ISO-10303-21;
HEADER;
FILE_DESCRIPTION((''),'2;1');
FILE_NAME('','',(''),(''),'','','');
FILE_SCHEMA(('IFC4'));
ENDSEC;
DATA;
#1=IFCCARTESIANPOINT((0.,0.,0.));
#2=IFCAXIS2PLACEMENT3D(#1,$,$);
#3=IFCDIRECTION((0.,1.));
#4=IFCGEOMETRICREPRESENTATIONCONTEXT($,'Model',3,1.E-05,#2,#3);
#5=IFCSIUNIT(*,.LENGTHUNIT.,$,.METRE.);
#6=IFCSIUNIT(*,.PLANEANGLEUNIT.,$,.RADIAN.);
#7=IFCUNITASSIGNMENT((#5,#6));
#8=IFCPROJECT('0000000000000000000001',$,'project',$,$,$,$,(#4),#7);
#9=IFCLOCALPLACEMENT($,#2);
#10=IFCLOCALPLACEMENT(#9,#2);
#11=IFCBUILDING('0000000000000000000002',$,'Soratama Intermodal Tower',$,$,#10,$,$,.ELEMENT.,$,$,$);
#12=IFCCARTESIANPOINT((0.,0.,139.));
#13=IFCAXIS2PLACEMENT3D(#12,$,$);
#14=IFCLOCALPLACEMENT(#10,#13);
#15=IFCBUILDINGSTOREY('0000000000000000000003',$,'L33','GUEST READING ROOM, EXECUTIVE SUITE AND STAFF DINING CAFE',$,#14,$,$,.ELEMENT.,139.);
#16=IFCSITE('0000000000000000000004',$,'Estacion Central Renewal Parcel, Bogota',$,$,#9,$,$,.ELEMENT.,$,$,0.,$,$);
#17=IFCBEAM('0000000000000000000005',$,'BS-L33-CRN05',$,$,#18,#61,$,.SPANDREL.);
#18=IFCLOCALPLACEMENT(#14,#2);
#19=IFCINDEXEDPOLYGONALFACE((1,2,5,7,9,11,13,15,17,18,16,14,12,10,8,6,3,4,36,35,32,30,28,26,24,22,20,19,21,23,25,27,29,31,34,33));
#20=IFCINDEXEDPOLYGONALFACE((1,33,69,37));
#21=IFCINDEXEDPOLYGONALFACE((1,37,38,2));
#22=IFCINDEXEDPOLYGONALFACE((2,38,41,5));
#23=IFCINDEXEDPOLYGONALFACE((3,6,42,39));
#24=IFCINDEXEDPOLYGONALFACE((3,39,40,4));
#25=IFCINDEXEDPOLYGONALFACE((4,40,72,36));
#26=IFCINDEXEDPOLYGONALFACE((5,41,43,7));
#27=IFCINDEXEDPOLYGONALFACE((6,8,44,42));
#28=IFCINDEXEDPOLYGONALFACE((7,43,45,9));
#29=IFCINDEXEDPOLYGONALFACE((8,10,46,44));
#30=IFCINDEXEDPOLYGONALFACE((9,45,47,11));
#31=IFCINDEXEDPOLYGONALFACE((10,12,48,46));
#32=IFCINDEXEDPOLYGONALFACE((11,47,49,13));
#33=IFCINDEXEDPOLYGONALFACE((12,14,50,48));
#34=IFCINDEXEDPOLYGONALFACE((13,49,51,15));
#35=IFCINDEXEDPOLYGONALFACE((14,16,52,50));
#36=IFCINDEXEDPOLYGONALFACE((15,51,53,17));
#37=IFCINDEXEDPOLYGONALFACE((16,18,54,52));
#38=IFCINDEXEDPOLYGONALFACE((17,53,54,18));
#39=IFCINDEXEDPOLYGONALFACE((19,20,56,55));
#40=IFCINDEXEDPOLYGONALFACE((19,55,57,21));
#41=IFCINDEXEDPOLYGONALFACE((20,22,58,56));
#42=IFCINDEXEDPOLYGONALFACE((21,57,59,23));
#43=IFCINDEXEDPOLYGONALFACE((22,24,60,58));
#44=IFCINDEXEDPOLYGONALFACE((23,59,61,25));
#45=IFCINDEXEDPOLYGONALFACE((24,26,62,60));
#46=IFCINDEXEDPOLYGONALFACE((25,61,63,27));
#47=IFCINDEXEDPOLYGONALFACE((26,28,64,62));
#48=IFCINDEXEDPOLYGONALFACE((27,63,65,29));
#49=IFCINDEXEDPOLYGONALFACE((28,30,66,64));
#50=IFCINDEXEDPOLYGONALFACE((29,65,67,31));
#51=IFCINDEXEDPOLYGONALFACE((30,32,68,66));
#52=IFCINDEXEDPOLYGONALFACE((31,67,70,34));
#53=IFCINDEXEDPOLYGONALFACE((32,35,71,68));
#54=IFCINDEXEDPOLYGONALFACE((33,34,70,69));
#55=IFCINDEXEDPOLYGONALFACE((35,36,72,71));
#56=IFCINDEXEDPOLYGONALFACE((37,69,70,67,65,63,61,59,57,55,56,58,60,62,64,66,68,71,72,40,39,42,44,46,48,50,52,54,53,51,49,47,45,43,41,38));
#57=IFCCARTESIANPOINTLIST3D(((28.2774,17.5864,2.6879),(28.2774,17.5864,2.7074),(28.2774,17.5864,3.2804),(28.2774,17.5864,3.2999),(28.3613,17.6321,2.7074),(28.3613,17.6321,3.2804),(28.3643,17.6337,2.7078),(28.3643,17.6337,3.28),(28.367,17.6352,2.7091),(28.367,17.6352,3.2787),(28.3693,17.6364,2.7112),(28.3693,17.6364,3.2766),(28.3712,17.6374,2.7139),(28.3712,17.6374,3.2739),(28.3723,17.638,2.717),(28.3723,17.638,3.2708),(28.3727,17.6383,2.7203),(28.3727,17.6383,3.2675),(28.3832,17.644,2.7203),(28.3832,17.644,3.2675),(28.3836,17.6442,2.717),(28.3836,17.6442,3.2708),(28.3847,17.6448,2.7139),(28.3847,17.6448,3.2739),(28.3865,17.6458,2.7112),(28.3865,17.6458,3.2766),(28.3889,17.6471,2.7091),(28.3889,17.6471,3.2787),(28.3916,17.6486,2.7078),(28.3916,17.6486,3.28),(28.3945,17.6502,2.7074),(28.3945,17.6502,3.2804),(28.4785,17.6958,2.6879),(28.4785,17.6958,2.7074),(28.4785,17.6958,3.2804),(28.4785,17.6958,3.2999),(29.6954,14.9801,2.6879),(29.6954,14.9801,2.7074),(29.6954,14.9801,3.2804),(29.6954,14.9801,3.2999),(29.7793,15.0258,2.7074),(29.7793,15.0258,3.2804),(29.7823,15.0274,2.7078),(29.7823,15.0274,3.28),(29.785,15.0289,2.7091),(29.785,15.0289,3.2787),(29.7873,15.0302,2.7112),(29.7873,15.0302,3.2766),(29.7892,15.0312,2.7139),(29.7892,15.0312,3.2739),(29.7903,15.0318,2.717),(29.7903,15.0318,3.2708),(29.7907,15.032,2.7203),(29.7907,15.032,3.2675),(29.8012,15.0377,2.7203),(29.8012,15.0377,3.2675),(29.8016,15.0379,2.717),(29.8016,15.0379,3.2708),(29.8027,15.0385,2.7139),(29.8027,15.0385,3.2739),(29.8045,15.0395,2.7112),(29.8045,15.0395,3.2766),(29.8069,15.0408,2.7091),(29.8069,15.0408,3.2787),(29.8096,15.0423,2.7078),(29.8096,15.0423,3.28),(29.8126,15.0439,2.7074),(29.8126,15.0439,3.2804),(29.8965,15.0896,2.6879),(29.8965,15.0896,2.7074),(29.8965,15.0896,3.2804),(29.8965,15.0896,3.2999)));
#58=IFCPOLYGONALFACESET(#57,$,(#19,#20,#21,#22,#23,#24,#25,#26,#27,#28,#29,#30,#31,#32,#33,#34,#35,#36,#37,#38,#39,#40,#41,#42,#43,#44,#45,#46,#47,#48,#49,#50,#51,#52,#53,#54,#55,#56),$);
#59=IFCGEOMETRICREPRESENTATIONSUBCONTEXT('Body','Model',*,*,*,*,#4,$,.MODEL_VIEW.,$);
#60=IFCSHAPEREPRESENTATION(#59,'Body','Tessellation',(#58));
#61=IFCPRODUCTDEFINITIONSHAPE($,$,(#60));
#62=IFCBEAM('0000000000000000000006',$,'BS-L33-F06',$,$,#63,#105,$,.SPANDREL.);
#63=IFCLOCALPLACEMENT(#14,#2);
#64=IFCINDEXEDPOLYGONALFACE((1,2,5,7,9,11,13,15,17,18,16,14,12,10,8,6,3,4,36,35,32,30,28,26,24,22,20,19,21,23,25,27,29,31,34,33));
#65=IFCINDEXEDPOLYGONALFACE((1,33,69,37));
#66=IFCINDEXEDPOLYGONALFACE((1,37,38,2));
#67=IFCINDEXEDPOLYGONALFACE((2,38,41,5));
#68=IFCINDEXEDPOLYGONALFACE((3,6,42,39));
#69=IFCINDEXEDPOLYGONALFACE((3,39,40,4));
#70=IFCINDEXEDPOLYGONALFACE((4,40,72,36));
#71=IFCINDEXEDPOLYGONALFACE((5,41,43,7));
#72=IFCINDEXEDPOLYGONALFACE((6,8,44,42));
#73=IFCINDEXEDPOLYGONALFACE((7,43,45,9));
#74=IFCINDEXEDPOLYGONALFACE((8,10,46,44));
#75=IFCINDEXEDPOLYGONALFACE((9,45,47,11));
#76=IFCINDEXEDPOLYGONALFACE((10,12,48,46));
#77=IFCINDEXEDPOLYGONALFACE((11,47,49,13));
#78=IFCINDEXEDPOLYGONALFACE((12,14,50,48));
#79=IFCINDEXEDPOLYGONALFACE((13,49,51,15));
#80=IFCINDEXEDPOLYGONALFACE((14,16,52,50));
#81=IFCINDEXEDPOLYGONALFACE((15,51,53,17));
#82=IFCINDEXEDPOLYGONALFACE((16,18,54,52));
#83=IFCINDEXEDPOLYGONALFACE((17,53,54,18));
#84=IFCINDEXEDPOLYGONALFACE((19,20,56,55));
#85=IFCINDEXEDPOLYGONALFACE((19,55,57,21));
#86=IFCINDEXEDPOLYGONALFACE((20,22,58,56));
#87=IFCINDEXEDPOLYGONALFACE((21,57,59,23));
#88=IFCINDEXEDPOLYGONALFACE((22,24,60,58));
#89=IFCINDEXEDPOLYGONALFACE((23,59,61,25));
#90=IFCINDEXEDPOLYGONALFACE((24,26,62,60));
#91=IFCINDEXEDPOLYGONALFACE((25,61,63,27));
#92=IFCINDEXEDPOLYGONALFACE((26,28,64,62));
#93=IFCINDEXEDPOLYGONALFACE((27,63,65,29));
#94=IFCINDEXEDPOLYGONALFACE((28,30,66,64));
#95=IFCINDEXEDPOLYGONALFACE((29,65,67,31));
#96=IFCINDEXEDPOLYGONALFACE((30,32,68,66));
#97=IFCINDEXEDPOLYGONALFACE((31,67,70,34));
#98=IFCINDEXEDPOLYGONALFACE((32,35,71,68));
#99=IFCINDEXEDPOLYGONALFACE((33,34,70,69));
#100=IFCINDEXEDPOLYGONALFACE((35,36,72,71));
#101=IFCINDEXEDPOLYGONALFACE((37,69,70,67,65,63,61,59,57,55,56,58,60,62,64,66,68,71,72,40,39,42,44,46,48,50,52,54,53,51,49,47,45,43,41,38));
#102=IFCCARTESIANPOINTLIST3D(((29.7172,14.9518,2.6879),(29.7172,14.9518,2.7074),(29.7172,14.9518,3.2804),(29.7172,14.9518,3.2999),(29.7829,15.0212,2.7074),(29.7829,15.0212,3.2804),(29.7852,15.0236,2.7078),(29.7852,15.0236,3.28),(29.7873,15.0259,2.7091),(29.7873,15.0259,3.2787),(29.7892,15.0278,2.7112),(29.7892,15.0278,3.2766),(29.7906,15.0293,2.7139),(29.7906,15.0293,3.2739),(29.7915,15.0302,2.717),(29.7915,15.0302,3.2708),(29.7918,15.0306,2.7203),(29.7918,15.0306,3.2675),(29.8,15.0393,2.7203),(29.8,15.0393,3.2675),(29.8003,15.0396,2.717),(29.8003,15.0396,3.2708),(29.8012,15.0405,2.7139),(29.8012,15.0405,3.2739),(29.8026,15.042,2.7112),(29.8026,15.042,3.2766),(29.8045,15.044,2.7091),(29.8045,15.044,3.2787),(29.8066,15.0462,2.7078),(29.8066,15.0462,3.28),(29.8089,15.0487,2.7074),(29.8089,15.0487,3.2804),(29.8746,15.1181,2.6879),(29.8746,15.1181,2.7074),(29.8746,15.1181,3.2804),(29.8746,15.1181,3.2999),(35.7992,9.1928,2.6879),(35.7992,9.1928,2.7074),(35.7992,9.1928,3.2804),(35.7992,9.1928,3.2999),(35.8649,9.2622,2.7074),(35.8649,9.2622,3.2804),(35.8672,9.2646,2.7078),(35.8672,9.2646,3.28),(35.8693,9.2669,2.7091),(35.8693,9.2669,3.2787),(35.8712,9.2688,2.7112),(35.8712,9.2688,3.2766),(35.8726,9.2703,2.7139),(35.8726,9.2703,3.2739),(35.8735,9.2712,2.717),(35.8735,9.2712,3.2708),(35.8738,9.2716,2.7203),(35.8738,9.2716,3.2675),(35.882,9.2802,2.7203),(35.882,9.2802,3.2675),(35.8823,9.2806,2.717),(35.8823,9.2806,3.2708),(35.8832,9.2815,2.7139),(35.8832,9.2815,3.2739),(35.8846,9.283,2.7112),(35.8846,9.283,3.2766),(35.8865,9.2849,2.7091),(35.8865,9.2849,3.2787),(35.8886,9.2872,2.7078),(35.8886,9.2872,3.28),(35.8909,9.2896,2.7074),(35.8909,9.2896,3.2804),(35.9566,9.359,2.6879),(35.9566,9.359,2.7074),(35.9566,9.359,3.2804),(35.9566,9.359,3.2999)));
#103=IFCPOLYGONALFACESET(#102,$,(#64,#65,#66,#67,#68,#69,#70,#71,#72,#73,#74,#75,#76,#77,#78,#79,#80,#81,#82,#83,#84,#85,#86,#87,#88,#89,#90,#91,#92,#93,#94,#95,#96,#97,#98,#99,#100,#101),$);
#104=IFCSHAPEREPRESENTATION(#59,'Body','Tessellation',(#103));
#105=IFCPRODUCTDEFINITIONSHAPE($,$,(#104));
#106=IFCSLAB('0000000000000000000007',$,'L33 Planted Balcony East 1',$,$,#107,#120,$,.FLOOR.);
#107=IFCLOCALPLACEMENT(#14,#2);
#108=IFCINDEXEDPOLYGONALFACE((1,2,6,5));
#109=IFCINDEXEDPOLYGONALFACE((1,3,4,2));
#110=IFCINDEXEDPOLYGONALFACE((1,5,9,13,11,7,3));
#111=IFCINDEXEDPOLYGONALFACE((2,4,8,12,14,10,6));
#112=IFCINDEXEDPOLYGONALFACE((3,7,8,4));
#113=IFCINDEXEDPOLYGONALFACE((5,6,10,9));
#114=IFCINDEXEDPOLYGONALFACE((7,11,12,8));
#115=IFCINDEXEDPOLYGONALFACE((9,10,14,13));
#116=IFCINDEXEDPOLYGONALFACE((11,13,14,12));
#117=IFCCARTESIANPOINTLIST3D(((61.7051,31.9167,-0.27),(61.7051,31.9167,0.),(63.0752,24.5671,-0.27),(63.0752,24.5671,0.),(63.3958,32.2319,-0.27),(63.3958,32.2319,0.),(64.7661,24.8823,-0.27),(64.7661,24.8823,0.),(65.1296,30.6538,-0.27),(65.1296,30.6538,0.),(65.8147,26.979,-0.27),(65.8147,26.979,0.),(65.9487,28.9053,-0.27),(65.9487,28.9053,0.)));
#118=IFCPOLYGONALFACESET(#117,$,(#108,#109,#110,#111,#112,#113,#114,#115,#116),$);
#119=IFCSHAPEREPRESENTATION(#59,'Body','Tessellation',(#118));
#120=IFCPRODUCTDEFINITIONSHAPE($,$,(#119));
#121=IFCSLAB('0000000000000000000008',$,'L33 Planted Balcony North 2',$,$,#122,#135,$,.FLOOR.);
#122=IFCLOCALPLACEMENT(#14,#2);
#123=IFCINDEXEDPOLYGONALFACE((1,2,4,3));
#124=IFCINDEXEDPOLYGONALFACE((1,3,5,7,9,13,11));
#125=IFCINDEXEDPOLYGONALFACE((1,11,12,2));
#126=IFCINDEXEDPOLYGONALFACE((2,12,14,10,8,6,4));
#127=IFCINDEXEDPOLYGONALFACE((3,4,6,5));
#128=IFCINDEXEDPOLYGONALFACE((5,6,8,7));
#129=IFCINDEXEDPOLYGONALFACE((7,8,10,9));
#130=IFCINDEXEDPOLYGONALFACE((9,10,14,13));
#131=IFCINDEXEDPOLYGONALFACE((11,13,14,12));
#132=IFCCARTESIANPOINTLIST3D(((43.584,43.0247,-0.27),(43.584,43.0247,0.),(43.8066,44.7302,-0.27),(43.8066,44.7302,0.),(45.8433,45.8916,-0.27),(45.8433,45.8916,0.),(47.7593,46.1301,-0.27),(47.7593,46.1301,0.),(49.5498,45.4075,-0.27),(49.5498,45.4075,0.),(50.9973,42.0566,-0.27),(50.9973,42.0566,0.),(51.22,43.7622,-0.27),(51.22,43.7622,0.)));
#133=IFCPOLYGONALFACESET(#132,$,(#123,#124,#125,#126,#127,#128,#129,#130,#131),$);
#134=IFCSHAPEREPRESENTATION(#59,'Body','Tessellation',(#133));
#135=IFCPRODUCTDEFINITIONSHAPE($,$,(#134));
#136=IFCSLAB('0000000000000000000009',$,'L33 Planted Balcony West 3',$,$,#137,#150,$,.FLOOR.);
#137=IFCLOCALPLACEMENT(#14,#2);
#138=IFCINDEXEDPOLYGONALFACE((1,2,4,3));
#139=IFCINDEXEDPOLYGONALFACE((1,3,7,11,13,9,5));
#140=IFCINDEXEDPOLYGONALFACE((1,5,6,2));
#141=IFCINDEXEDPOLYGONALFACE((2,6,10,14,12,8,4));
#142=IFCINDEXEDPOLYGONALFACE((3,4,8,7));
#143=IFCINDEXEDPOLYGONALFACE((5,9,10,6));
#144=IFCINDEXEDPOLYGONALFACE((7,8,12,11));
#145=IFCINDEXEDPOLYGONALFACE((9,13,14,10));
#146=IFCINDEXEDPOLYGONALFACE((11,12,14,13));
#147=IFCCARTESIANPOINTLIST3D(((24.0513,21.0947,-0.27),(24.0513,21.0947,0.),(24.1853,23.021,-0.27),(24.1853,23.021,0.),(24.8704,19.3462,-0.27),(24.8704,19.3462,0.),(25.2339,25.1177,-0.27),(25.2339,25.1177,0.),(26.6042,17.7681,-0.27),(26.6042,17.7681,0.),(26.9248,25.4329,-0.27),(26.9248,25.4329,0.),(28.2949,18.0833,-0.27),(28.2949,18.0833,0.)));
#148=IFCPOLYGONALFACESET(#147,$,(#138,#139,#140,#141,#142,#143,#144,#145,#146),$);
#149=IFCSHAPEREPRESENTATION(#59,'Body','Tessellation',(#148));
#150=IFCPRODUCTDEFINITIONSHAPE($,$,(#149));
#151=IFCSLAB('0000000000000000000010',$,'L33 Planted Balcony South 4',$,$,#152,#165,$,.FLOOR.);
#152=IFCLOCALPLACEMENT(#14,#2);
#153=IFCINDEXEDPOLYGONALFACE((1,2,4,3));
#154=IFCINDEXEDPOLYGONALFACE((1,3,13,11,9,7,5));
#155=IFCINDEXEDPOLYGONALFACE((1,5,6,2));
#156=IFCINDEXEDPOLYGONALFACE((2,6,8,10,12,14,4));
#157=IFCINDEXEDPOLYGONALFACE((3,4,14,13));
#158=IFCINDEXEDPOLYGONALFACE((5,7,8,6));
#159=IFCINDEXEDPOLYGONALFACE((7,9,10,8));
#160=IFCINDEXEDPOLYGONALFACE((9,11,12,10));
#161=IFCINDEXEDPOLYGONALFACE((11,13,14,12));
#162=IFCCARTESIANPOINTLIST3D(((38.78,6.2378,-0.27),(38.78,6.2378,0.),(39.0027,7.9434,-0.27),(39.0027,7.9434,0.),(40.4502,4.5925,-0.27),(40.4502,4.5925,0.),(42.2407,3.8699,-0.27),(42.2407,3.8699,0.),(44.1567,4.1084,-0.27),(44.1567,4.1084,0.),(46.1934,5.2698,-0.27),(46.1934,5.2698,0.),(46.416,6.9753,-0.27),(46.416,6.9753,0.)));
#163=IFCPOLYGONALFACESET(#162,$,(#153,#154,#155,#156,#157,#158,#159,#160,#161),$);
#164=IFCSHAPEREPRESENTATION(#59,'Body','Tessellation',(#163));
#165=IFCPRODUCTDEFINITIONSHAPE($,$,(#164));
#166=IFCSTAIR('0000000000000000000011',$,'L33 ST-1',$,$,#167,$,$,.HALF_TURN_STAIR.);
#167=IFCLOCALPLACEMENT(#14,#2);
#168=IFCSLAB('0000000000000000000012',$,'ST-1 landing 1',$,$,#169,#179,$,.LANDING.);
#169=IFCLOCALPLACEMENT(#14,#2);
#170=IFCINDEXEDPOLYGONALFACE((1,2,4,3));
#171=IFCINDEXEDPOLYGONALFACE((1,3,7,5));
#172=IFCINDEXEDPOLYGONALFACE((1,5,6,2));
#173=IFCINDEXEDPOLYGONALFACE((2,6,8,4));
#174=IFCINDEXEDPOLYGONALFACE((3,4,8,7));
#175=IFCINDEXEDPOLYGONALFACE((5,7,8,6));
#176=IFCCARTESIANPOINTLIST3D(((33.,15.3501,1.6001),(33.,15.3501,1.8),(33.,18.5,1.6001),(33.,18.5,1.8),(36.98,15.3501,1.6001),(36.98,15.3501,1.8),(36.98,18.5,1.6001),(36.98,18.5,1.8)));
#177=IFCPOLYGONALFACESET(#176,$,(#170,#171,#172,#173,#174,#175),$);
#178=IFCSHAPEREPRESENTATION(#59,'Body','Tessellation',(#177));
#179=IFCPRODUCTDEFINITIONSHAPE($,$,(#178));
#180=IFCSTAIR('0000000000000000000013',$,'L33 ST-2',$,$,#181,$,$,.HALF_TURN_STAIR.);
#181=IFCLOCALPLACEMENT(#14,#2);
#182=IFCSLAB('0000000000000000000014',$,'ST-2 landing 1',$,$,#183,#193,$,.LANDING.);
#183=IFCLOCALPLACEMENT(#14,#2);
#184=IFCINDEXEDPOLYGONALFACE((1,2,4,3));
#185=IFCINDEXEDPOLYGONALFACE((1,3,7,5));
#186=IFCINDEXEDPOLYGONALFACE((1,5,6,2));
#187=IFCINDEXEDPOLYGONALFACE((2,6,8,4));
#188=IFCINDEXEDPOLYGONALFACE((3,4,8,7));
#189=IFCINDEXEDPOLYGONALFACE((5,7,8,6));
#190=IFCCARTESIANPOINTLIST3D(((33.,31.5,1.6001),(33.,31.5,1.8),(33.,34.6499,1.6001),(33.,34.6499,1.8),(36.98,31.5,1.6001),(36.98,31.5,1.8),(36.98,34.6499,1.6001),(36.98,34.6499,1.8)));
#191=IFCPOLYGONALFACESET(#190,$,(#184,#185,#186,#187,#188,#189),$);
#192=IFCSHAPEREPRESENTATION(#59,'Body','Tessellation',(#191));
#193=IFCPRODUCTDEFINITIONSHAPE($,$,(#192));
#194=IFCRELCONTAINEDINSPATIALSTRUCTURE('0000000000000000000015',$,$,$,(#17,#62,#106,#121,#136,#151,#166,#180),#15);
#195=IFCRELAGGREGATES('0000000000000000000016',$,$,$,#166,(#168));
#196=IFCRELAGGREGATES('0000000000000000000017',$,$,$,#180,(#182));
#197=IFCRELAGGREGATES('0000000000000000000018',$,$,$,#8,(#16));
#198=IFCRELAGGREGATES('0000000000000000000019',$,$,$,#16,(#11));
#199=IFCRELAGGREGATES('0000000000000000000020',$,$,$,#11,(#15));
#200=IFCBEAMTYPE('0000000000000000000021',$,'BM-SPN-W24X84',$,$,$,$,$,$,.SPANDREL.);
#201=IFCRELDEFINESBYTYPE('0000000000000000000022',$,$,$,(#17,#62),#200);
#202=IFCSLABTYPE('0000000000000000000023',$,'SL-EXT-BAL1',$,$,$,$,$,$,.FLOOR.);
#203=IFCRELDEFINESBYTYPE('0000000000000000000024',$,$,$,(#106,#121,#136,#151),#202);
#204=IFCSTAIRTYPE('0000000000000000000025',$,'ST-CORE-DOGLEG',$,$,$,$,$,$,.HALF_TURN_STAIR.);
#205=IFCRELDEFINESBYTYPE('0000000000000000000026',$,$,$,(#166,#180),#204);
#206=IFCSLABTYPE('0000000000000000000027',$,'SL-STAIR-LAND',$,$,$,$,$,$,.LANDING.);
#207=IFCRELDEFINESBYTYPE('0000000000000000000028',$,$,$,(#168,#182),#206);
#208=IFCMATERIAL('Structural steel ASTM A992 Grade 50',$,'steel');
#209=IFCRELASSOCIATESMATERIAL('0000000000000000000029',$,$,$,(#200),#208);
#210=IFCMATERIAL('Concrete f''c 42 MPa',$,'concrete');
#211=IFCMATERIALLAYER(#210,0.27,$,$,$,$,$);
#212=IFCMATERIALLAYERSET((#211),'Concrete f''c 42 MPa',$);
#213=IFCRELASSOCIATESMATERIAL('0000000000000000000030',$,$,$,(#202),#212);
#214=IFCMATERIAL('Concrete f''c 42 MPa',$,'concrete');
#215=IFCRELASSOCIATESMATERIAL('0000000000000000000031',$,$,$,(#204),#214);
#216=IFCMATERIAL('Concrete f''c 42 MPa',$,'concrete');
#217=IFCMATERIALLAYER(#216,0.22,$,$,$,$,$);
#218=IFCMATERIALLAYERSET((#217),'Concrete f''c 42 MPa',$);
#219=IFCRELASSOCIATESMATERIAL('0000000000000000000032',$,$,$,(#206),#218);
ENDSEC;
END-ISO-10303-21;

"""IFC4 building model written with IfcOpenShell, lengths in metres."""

from ifc_helpers import new_model, si_unit, direction, frame, origin, origin_2d, place, context, subcontext, project, spatial, polyline, i_section, outline, extrude, material, layer, layer_set, material_profile, profile_set, type_object, element, aggregate, save


model = new_model("IFC4")

# Units and contexts
model_context = context("Model", 3, precision=1e-05, world=origin(), true_north=direction((0.0, 1.0)))
body_context = subcontext(model_context, "Body", "Model", "MODEL_VIEW")
ifc_project = project(units=[si_unit("LENGTHUNIT", "METRE"), si_unit("PLANEANGLEUNIT", "RADIAN")], contexts=[model_context])

# Site, building, storey
site_placement = place(None, origin())
site = spatial("IfcSite", under=ifc_project, at=site_placement, Name="Estacion Central Renewal Parcel, Bogota", CompositionType="ELEMENT", RefElevation=0.0)
building_placement = place(site_placement, origin())
building = spatial("IfcBuilding", under=site, at=building_placement, Name="Soratama Intermodal Tower", CompositionType="ELEMENT")
storey_placement = place(building_placement, frame((0.0, 0.0, 139.0)))
storey = spatial("IfcBuildingStorey", under=building, at=storey_placement, Name="L33", Description="GUEST READING ROOM, EXECUTIVE SUITE AND STAFF DINING CAFE", CompositionType="ELEMENT", Elevation=139.0)

# Beams
ifc_material_1 = material(Name="Structural steel ASTM A992 Grade 50", Category="steel")
ifc_material_profile_1 = material_profile(ifc_material_1, i_section(OverallWidth=0.229, OverallDepth=0.6121, WebThickness=0.012, FlangeThickness=0.0195, FilletRadius=0.0129, at=origin_2d()), Name="W24X84")
ifc_profile_set_1 = profile_set([ifc_material_profile_1], Name="Structural steel ASTM A992 Grade 50")
beam_type_1 = type_object("IfcBeamType", Name="BM-SPN-W24X84", PredefinedType="SPANDREL", material=ifc_profile_set_1)
beam_1_placement = place(storey_placement, frame((28.3779, 17.6411, 2.9939), z_axis=(0.477918, -0.878405, 0.0), x_axis=(0.878405, 0.477918, 0.0)))
element("IfcBeam", 1, at=beam_1_placement, inside=storey, type_object=beam_type_1, Name="BS-L33-CRN05", PredefinedType="SPANDREL", context=body_context, shape_type="SweptSolid", body=[
    extrude(i_section(OverallWidth=0.229, OverallDepth=0.6121, WebThickness=0.012, FlangeThickness=0.0195, FilletRadius=0.0129, at=origin_2d()), origin(), (0.0, 0.0, 1.0), 2.967),
])
beam_2_placement = place(storey_placement, frame((29.7959, 15.0349, 2.9939), z_axis=(0.726125, -0.687563, 0.0), x_axis=(0.687563, 0.726125, 0.0)))
element("IfcBeam", 2, at=beam_2_placement, inside=storey, type_object=beam_type_1, Name="BS-L33-F06", PredefinedType="SPANDREL", context=body_context, shape_type="SweptSolid", body=[
    extrude(i_section(OverallWidth=0.229, OverallDepth=0.6121, WebThickness=0.012, FlangeThickness=0.0195, FilletRadius=0.0129, at=origin_2d()), origin(), (0.0, 0.0, 1.0), 8.376),
])

# Slabs
ifc_material_2 = material(Name="Concrete f'c 42 MPa", Category="concrete")
ifc_layer_1 = layer(ifc_material_2, 0.27)
ifc_layer_set_1 = layer_set([ifc_layer_1], Name="Concrete f'c 42 MPa")
slab_type_1 = type_object("IfcSlabType", Name="SL-EXT-BAL1", PredefinedType="FLOOR", material=ifc_layer_set_1)
slab_1_placement = place(storey_placement, frame((0.0, 0.0, -0.27)))
element("IfcSlab", 3, at=slab_1_placement, inside=storey, type_object=slab_type_1, Name="L33 Planted Balcony East 1", PredefinedType="FLOOR", context=body_context, shape_type="SweptSolid", body=[
    extrude(outline(polyline([(63.0752, 24.5671), (61.7051, 31.9167), (63.3958, 32.2319), (65.1296, 30.6538), (65.9487, 28.9053), (65.8147, 26.979), (64.7661, 24.8823), (63.0752, 24.5671)])), origin(), (0.0, 0.0, 1.0), 0.27),
])
slab_2_placement = place(storey_placement, frame((0.0, 0.0, -0.27)))
element("IfcSlab", 4, at=slab_2_placement, inside=storey, type_object=slab_type_1, Name="L33 Planted Balcony North 2", PredefinedType="FLOOR", context=body_context, shape_type="SweptSolid", body=[
    extrude(outline(polyline([(50.9973, 42.0566), (43.584, 43.0247), (43.8066, 44.7302), (45.8433, 45.8916), (47.7593, 46.1301), (49.5498, 45.4075), (51.22, 43.7622), (50.9973, 42.0566)])), origin(), (0.0, 0.0, 1.0), 0.27),
])
slab_3_placement = place(storey_placement, frame((0.0, 0.0, -0.27)))
element("IfcSlab", 5, at=slab_3_placement, inside=storey, type_object=slab_type_1, Name="L33 Planted Balcony West 3", PredefinedType="FLOOR", context=body_context, shape_type="SweptSolid", body=[
    extrude(outline(polyline([(26.9248, 25.4329), (28.2949, 18.0833), (26.6042, 17.7681), (24.8704, 19.3462), (24.0513, 21.0947), (24.1853, 23.021), (25.2339, 25.1177), (26.9248, 25.4329)])), origin(), (0.0, 0.0, 1.0), 0.27),
])
slab_4_placement = place(storey_placement, frame((0.0, 0.0, -0.27)))
element("IfcSlab", 6, at=slab_4_placement, inside=storey, type_object=slab_type_1, Name="L33 Planted Balcony South 4", PredefinedType="FLOOR", context=body_context, shape_type="SweptSolid", body=[
    extrude(outline(polyline([(39.0027, 7.9434), (46.416, 6.9753), (46.1934, 5.2698), (44.1567, 4.1084), (42.2407, 3.8699), (40.4502, 4.5925), (38.78, 6.2378), (39.0027, 7.9434)])), origin(), (0.0, 0.0, 1.0), 0.27),
])

# Stairs, slabs
ifc_material_3 = material(Name="Concrete f'c 42 MPa", Category="concrete")
stair_type = type_object("IfcStairType", Name="ST-CORE-DOGLEG", PredefinedType="HALF_TURN_STAIR", material=ifc_material_3)
stair_1_placement = place(storey_placement, origin())
stair_1 = element("IfcStair", 7, at=stair_1_placement, inside=storey, type_object=stair_type, Name="L33 ST-1", PredefinedType="HALF_TURN_STAIR")
ifc_material_4 = material(Name="Concrete f'c 42 MPa", Category="concrete")
ifc_layer_2 = layer(ifc_material_4, 0.22)
ifc_layer_set_2 = layer_set([ifc_layer_2], Name="Concrete f'c 42 MPa")
slab_type_2 = type_object("IfcSlabType", Name="SL-STAIR-LAND", PredefinedType="LANDING", material=ifc_layer_set_2)
slab_5_placement = place(storey_placement, frame((0.0, 0.0, 1.6001)))
slab_5 = element("IfcSlab", 8, at=slab_5_placement, type_object=slab_type_2, Name="ST-1 landing 1", PredefinedType="LANDING", context=body_context, shape_type="SweptSolid", body=[
    extrude(outline(polyline([(36.98, 18.5), (33.0, 18.5), (33.0, 15.3501), (36.98, 15.3501), (36.98, 18.5)])), origin(), (0.0, 0.0, 1.0), 0.2),
])
aggregate(stair_1, [slab_5])
stair_2_placement = place(storey_placement, origin())
stair_2 = element("IfcStair", 9, at=stair_2_placement, inside=storey, type_object=stair_type, Name="L33 ST-2", PredefinedType="HALF_TURN_STAIR")
slab_6_placement = place(storey_placement, frame((0.0, 0.0, 1.6001)))
slab_6 = element("IfcSlab", 10, at=slab_6_placement, type_object=slab_type_2, Name="ST-2 landing 1", PredefinedType="LANDING", context=body_context, shape_type="SweptSolid", body=[
    extrude(outline(polyline([(36.98, 34.6499), (33.0, 34.6499), (33.0, 31.5), (36.98, 31.5), (36.98, 34.6499)])), origin(), (0.0, 0.0, 1.0), 0.2),
])
aggregate(stair_2, [slab_6])

save(model, "model.ifc")
